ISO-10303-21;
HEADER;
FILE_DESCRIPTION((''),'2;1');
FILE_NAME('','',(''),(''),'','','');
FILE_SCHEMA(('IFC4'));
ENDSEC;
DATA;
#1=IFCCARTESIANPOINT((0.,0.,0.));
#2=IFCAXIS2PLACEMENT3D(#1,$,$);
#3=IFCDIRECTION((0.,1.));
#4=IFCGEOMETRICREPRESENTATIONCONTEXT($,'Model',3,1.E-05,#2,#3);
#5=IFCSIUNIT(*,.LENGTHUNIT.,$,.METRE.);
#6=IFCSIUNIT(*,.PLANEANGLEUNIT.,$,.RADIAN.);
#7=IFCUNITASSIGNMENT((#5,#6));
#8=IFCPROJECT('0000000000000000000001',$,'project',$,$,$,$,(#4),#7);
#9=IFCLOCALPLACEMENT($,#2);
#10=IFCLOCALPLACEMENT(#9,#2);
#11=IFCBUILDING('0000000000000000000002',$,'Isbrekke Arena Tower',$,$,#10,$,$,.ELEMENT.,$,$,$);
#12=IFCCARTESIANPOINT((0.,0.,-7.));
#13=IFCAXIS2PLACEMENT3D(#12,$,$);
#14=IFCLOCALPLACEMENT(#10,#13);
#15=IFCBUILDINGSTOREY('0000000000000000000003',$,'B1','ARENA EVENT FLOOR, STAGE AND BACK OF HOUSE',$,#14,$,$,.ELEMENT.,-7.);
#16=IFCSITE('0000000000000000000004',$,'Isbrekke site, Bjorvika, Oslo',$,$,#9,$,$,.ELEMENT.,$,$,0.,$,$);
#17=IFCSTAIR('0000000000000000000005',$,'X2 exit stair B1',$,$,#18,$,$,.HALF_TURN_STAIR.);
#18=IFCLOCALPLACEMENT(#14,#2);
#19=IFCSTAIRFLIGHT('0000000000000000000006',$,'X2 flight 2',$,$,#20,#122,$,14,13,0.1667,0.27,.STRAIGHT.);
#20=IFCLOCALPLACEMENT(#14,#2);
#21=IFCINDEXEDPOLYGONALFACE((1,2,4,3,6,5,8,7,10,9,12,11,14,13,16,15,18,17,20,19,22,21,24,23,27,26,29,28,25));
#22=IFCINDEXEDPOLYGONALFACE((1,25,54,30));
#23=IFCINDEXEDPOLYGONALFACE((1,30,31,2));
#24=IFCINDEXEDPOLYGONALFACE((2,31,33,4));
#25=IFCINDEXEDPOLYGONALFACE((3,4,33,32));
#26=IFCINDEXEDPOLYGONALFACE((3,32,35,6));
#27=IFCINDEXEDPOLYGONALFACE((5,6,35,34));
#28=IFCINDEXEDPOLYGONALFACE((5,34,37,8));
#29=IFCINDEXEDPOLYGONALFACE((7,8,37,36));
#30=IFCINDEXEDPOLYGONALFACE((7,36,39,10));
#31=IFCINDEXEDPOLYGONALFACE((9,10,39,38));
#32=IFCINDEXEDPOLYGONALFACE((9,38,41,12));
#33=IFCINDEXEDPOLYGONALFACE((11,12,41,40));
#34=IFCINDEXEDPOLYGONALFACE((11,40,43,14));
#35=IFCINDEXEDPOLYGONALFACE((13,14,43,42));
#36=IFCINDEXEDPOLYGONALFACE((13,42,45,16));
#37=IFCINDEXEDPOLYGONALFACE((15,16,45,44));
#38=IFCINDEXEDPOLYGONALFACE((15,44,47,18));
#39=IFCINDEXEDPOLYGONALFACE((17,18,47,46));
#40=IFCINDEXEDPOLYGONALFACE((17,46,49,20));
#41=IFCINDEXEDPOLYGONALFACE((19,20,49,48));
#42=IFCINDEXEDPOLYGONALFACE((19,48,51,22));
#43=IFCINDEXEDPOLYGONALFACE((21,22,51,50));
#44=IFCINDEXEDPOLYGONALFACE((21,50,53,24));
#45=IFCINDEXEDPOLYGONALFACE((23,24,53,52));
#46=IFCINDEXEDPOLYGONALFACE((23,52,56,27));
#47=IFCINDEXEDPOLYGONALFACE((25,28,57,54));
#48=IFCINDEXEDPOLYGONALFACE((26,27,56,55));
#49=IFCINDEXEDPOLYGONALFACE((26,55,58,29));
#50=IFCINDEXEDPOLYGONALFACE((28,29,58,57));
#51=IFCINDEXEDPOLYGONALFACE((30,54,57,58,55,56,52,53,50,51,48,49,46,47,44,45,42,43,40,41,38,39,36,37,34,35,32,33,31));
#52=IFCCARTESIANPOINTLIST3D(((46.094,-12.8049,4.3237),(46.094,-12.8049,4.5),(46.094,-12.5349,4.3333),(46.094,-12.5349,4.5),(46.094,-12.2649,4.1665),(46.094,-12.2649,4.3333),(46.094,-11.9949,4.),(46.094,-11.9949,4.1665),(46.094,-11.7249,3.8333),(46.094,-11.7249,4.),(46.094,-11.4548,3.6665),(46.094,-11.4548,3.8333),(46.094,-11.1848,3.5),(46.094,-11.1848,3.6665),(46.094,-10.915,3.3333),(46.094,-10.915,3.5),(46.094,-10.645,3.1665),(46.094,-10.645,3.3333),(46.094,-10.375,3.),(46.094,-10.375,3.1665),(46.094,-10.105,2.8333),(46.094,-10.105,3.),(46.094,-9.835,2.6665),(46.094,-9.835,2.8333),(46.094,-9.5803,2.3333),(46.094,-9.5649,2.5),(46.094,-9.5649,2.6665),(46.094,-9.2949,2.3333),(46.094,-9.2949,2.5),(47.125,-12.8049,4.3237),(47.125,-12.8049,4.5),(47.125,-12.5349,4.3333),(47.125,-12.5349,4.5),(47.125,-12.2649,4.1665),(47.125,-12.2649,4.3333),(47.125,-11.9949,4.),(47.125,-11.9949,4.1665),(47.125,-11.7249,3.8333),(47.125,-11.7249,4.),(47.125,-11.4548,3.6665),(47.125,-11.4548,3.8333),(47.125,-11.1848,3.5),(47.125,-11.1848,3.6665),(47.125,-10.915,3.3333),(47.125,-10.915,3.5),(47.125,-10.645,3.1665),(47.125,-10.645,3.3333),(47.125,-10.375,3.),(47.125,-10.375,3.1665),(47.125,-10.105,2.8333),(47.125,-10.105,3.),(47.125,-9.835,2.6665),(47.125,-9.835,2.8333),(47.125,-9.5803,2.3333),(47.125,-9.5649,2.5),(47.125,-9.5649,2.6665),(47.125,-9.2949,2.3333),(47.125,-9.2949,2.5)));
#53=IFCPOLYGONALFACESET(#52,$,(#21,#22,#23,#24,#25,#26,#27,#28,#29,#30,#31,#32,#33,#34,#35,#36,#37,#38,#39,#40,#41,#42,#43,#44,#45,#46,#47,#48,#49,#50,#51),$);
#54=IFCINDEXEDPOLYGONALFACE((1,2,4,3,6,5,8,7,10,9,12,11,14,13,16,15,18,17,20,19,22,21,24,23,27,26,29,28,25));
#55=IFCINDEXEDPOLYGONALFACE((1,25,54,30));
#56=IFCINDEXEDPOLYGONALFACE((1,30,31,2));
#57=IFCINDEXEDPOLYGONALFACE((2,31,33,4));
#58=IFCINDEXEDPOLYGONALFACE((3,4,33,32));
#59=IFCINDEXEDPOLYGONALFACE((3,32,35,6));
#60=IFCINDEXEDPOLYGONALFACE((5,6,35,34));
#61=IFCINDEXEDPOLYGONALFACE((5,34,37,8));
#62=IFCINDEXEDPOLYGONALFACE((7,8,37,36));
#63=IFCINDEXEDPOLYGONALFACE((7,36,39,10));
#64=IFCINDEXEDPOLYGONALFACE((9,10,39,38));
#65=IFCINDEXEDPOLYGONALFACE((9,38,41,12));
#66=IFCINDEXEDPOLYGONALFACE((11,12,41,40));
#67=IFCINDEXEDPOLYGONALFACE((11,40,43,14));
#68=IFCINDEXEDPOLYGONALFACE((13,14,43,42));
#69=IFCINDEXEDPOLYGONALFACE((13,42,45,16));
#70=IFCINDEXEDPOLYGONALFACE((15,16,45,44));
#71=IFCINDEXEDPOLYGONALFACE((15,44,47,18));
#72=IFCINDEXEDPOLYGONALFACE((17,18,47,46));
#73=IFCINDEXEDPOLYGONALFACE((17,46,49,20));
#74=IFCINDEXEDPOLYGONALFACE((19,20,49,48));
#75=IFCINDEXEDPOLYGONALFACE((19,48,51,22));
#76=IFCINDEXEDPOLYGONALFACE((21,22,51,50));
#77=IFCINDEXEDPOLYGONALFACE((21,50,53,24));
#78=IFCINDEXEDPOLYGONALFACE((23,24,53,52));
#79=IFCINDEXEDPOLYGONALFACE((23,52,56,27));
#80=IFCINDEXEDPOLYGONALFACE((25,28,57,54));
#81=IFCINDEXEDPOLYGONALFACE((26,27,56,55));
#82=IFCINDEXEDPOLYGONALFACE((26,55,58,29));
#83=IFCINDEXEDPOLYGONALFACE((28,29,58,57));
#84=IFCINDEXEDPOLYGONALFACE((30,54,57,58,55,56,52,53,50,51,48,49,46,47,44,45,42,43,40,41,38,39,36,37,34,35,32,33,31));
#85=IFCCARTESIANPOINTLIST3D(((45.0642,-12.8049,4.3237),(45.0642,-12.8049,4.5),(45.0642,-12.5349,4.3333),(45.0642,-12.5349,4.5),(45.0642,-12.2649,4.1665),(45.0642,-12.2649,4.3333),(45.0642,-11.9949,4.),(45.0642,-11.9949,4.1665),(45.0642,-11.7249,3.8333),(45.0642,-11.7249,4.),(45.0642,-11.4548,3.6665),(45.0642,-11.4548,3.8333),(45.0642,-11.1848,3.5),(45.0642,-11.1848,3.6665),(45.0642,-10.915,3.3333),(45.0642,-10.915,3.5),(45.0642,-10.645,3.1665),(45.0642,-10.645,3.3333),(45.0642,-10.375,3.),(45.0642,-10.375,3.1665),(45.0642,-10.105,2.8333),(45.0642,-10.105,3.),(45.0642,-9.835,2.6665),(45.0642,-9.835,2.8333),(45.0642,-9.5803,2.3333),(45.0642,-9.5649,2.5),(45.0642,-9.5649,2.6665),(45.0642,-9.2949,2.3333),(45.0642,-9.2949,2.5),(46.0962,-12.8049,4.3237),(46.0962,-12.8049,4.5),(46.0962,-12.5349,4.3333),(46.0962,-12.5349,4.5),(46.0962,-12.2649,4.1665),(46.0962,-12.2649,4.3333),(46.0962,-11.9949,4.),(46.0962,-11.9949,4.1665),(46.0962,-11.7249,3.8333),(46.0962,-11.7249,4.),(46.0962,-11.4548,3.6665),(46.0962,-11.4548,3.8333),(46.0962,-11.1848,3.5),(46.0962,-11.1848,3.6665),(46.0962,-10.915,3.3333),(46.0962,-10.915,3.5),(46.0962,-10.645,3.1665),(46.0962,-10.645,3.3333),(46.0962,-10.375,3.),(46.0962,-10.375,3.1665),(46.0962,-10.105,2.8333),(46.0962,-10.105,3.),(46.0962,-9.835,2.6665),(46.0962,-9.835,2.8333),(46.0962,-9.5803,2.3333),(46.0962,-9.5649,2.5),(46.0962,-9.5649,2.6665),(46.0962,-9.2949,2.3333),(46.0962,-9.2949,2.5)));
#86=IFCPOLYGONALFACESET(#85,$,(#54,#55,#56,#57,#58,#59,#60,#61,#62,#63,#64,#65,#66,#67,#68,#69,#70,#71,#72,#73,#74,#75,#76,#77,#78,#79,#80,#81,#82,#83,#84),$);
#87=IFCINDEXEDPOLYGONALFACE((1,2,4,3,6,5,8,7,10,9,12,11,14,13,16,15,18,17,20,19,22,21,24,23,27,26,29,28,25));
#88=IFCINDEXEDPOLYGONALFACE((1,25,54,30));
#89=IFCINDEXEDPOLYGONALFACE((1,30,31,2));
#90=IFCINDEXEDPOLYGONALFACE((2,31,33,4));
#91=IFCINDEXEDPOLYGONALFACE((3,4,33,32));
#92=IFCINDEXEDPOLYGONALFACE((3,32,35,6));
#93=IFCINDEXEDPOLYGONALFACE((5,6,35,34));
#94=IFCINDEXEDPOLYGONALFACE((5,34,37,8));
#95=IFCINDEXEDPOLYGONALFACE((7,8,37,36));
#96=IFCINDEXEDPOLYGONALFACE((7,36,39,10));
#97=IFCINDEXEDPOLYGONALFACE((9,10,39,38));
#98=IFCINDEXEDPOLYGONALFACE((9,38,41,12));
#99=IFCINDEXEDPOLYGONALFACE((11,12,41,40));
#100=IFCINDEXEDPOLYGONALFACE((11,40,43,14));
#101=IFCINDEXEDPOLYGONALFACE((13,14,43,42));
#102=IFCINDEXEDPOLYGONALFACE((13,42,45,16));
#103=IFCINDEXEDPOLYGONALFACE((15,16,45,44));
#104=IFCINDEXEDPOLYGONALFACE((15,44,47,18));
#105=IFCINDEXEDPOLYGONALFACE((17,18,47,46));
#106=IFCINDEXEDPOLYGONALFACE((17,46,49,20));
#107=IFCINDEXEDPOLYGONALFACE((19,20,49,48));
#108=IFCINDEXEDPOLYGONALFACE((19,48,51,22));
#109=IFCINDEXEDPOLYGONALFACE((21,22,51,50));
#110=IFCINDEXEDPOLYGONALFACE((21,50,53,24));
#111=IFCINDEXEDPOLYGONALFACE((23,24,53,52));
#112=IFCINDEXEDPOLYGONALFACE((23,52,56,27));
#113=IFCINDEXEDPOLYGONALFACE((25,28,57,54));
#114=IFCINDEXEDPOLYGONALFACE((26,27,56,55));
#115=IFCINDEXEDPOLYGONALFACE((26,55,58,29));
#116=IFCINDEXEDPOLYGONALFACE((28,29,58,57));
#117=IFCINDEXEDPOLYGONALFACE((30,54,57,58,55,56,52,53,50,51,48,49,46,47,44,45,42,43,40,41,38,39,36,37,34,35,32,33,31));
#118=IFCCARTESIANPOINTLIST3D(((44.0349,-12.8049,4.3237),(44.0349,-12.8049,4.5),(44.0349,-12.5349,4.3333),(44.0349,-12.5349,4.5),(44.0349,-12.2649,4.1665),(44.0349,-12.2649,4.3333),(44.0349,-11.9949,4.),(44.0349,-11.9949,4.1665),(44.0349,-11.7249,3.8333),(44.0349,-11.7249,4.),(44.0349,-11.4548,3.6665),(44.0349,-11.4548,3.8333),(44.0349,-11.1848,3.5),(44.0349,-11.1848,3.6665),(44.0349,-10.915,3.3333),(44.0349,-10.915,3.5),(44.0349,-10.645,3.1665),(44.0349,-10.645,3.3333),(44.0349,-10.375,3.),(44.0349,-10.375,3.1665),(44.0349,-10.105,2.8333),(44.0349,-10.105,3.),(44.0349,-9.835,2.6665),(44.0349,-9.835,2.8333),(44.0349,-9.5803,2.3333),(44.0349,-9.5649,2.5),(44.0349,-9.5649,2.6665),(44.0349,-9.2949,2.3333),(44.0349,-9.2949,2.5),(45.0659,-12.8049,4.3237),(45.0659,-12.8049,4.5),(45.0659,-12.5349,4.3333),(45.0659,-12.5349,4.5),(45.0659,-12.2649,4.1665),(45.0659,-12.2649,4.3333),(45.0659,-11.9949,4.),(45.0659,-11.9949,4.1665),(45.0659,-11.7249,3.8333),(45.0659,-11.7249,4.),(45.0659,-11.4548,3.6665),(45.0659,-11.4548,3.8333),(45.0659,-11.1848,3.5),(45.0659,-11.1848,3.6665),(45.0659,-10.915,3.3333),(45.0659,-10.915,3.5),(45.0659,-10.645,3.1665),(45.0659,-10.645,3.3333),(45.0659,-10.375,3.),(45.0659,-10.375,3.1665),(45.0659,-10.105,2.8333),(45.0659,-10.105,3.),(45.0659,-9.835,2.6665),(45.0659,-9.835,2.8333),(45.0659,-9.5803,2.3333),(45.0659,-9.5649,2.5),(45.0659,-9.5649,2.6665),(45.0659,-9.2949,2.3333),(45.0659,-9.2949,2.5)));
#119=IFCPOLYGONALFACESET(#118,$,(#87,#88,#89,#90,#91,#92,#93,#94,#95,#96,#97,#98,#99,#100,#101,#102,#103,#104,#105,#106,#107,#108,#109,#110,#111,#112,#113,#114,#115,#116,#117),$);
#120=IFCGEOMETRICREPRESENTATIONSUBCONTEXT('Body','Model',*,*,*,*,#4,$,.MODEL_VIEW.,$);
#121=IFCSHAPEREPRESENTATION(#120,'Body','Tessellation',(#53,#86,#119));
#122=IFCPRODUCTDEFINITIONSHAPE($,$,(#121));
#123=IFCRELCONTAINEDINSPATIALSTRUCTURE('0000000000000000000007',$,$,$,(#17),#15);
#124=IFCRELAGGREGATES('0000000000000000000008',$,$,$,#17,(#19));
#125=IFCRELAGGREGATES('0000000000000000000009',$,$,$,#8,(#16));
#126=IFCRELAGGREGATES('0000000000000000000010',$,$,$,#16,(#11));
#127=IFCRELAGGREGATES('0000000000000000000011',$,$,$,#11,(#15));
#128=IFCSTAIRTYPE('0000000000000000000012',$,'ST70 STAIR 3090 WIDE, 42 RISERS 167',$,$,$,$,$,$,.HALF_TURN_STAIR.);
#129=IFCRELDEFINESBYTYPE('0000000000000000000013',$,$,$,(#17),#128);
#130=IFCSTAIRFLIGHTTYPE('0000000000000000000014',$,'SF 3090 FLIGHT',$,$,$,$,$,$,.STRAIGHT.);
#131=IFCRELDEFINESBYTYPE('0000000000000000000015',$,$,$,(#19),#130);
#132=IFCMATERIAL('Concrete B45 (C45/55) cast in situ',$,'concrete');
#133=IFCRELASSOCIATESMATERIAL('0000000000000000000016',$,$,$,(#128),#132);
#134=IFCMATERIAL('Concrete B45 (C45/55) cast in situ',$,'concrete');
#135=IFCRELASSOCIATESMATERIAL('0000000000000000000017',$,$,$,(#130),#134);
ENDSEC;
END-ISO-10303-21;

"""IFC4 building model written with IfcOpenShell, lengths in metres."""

from ifc_helpers import new_model, si_unit, direction, frame, origin, place, context, subcontext, project, spatial, polyline, outline, extrude, material, type_object, element, aggregate, save


model = new_model("IFC4")

# Units and contexts
model_context = context("Model", 3, precision=1e-05, world=origin(), true_north=direction((0.0, 1.0)))
body_context = subcontext(model_context, "Body", "Model", "MODEL_VIEW")
ifc_project = project(units=[si_unit("LENGTHUNIT", "METRE"), si_unit("PLANEANGLEUNIT", "RADIAN")], contexts=[model_context])

# Site, building, storey
site_placement = place(None, origin())
site = spatial("IfcSite", under=ifc_project, at=site_placement, Name="Isbrekke site, Bjorvika, Oslo", CompositionType="ELEMENT", RefElevation=0.0)
building_placement = place(site_placement, origin())
building = spatial("IfcBuilding", under=site, at=building_placement, Name="Isbrekke Arena Tower", CompositionType="ELEMENT")
storey_placement = place(building_placement, frame((0.0, 0.0, -7.0)))
storey = spatial("IfcBuildingStorey", under=building, at=storey_placement, Name="B1", Description="ARENA EVENT FLOOR, STAGE AND BACK OF HOUSE", CompositionType="ELEMENT", Elevation=-7.0)

# Stair, stair flight
ifc_material_1 = material(Name="Concrete B45 (C45/55) cast in situ", Category="concrete")
stair_type = type_object("IfcStairType", Name="ST70 STAIR 3090 WIDE, 42 RISERS 167", PredefinedType="HALF_TURN_STAIR", material=ifc_material_1)
ifc_material_2 = material(Name="Concrete B45 (C45/55) cast in situ", Category="concrete")
stair_flight_type = type_object("IfcStairFlightType", Name="SF 3090 FLIGHT", PredefinedType="STRAIGHT", material=ifc_material_2)
stair_1_placement = place(storey_placement, origin())
stair_1 = element("IfcStair", 1, at=stair_1_placement, inside=storey, type_object=stair_type, Name="X2 exit stair B1", PredefinedType="HALF_TURN_STAIR")
stair_flight_1_placement = place(storey_placement, frame((45.5801, -9.2949, 2.3333), z_axis=(0.0, 0.0, 1.0), x_axis=(0.0, -1.0, 0.0)))
stair_flight_1 = element("IfcStairFlight", 2, at=stair_flight_1_placement, type_object=stair_flight_type, Name="X2 flight 2", NumberOfRisers=14, NumberOfTreads=13, PredefinedType="STRAIGHT", RiserHeight=0.1667, TreadLength=0.27, context=body_context, shape_type="SweptSolid", body=[
    extrude(outline(polyline([(0.0, 0.0), (0.0, 0.1667), (0.27, 0.1667), (0.27, 0.3333), (0.54, 0.3333), (0.54, 0.5), (0.8101, 0.5), (0.8101, 0.6667), (1.0801, 0.6667), (1.0801, 0.8333), (1.3501, 0.8333), (1.3501, 1.0), (1.6201, 1.0), (1.6201, 1.1667), (1.8899, 1.1667), (1.8899, 1.3333), (2.1599, 1.3333), (2.1599, 1.5), (2.4299, 1.5), (2.4299, 1.6667), (2.7, 1.6667), (2.7, 1.8333), (2.97, 1.8333), (2.97, 2.0), (3.24, 2.0), (3.24, 2.1667), (3.51, 2.1667), (3.51, 2.3333), (3.51, 1.9905), (0.2854, 0.0), (0.0, 0.0)])), frame((0.0, 1.5449, 0.0), z_axis=(0.0, -1.0, 0.0), x_axis=(1.0, 0.0, 0.0)), (0.0, 0.0, 1.0), 1.031),
    extrude(outline(polyline([(0.0, 0.0), (0.0, 0.1667), (0.27, 0.1667), (0.27, 0.3333), (0.54, 0.3333), (0.54, 0.5), (0.8101, 0.5), (0.8101, 0.6667), (1.0801, 0.6667), (1.0801, 0.8333), (1.3501, 0.8333), (1.3501, 1.0), (1.6201, 1.0), (1.6201, 1.1667), (1.8899, 1.1667), (1.8899, 1.3333), (2.1599, 1.3333), (2.1599, 1.5), (2.4299, 1.5), (2.4299, 1.6667), (2.7, 1.6667), (2.7, 1.8333), (2.97, 1.8333), (2.97, 2.0), (3.24, 2.0), (3.24, 2.1667), (3.51, 2.1667), (3.51, 2.3333), (3.51, 1.9905), (0.2854, 0.0), (0.0, 0.0)])), frame((0.0, 0.5161, 0.0), z_axis=(0.0, -1.0, 0.0), x_axis=(1.0, 0.0, 0.0)), (0.0, 0.0, 1.0), 1.032),
    extrude(outline(polyline([(0.0, 0.0), (0.0, 0.1667), (0.27, 0.1667), (0.27, 0.3333), (0.54, 0.3333), (0.54, 0.5), (0.8101, 0.5), (0.8101, 0.6667), (1.0801, 0.6667), (1.0801, 0.8333), (1.3501, 0.8333), (1.3501, 1.0), (1.6201, 1.0), (1.6201, 1.1667), (1.8899, 1.1667), (1.8899, 1.3333), (2.1599, 1.3333), (2.1599, 1.5), (2.4299, 1.5), (2.4299, 1.6667), (2.7, 1.6667), (2.7, 1.8333), (2.97, 1.8333), (2.97, 2.0), (3.24, 2.0), (3.24, 2.1667), (3.51, 2.1667), (3.51, 2.3333), (3.51, 1.9905), (0.2854, 0.0), (0.0, 0.0)])), frame((0.0, -0.5142, 0.0), z_axis=(0.0, -1.0, 0.0), x_axis=(1.0, 0.0, 0.0)), (0.0, 0.0, 1.0), 1.031),
])
aggregate(stair_1, [stair_flight_1])

save(model, "model.ifc")
